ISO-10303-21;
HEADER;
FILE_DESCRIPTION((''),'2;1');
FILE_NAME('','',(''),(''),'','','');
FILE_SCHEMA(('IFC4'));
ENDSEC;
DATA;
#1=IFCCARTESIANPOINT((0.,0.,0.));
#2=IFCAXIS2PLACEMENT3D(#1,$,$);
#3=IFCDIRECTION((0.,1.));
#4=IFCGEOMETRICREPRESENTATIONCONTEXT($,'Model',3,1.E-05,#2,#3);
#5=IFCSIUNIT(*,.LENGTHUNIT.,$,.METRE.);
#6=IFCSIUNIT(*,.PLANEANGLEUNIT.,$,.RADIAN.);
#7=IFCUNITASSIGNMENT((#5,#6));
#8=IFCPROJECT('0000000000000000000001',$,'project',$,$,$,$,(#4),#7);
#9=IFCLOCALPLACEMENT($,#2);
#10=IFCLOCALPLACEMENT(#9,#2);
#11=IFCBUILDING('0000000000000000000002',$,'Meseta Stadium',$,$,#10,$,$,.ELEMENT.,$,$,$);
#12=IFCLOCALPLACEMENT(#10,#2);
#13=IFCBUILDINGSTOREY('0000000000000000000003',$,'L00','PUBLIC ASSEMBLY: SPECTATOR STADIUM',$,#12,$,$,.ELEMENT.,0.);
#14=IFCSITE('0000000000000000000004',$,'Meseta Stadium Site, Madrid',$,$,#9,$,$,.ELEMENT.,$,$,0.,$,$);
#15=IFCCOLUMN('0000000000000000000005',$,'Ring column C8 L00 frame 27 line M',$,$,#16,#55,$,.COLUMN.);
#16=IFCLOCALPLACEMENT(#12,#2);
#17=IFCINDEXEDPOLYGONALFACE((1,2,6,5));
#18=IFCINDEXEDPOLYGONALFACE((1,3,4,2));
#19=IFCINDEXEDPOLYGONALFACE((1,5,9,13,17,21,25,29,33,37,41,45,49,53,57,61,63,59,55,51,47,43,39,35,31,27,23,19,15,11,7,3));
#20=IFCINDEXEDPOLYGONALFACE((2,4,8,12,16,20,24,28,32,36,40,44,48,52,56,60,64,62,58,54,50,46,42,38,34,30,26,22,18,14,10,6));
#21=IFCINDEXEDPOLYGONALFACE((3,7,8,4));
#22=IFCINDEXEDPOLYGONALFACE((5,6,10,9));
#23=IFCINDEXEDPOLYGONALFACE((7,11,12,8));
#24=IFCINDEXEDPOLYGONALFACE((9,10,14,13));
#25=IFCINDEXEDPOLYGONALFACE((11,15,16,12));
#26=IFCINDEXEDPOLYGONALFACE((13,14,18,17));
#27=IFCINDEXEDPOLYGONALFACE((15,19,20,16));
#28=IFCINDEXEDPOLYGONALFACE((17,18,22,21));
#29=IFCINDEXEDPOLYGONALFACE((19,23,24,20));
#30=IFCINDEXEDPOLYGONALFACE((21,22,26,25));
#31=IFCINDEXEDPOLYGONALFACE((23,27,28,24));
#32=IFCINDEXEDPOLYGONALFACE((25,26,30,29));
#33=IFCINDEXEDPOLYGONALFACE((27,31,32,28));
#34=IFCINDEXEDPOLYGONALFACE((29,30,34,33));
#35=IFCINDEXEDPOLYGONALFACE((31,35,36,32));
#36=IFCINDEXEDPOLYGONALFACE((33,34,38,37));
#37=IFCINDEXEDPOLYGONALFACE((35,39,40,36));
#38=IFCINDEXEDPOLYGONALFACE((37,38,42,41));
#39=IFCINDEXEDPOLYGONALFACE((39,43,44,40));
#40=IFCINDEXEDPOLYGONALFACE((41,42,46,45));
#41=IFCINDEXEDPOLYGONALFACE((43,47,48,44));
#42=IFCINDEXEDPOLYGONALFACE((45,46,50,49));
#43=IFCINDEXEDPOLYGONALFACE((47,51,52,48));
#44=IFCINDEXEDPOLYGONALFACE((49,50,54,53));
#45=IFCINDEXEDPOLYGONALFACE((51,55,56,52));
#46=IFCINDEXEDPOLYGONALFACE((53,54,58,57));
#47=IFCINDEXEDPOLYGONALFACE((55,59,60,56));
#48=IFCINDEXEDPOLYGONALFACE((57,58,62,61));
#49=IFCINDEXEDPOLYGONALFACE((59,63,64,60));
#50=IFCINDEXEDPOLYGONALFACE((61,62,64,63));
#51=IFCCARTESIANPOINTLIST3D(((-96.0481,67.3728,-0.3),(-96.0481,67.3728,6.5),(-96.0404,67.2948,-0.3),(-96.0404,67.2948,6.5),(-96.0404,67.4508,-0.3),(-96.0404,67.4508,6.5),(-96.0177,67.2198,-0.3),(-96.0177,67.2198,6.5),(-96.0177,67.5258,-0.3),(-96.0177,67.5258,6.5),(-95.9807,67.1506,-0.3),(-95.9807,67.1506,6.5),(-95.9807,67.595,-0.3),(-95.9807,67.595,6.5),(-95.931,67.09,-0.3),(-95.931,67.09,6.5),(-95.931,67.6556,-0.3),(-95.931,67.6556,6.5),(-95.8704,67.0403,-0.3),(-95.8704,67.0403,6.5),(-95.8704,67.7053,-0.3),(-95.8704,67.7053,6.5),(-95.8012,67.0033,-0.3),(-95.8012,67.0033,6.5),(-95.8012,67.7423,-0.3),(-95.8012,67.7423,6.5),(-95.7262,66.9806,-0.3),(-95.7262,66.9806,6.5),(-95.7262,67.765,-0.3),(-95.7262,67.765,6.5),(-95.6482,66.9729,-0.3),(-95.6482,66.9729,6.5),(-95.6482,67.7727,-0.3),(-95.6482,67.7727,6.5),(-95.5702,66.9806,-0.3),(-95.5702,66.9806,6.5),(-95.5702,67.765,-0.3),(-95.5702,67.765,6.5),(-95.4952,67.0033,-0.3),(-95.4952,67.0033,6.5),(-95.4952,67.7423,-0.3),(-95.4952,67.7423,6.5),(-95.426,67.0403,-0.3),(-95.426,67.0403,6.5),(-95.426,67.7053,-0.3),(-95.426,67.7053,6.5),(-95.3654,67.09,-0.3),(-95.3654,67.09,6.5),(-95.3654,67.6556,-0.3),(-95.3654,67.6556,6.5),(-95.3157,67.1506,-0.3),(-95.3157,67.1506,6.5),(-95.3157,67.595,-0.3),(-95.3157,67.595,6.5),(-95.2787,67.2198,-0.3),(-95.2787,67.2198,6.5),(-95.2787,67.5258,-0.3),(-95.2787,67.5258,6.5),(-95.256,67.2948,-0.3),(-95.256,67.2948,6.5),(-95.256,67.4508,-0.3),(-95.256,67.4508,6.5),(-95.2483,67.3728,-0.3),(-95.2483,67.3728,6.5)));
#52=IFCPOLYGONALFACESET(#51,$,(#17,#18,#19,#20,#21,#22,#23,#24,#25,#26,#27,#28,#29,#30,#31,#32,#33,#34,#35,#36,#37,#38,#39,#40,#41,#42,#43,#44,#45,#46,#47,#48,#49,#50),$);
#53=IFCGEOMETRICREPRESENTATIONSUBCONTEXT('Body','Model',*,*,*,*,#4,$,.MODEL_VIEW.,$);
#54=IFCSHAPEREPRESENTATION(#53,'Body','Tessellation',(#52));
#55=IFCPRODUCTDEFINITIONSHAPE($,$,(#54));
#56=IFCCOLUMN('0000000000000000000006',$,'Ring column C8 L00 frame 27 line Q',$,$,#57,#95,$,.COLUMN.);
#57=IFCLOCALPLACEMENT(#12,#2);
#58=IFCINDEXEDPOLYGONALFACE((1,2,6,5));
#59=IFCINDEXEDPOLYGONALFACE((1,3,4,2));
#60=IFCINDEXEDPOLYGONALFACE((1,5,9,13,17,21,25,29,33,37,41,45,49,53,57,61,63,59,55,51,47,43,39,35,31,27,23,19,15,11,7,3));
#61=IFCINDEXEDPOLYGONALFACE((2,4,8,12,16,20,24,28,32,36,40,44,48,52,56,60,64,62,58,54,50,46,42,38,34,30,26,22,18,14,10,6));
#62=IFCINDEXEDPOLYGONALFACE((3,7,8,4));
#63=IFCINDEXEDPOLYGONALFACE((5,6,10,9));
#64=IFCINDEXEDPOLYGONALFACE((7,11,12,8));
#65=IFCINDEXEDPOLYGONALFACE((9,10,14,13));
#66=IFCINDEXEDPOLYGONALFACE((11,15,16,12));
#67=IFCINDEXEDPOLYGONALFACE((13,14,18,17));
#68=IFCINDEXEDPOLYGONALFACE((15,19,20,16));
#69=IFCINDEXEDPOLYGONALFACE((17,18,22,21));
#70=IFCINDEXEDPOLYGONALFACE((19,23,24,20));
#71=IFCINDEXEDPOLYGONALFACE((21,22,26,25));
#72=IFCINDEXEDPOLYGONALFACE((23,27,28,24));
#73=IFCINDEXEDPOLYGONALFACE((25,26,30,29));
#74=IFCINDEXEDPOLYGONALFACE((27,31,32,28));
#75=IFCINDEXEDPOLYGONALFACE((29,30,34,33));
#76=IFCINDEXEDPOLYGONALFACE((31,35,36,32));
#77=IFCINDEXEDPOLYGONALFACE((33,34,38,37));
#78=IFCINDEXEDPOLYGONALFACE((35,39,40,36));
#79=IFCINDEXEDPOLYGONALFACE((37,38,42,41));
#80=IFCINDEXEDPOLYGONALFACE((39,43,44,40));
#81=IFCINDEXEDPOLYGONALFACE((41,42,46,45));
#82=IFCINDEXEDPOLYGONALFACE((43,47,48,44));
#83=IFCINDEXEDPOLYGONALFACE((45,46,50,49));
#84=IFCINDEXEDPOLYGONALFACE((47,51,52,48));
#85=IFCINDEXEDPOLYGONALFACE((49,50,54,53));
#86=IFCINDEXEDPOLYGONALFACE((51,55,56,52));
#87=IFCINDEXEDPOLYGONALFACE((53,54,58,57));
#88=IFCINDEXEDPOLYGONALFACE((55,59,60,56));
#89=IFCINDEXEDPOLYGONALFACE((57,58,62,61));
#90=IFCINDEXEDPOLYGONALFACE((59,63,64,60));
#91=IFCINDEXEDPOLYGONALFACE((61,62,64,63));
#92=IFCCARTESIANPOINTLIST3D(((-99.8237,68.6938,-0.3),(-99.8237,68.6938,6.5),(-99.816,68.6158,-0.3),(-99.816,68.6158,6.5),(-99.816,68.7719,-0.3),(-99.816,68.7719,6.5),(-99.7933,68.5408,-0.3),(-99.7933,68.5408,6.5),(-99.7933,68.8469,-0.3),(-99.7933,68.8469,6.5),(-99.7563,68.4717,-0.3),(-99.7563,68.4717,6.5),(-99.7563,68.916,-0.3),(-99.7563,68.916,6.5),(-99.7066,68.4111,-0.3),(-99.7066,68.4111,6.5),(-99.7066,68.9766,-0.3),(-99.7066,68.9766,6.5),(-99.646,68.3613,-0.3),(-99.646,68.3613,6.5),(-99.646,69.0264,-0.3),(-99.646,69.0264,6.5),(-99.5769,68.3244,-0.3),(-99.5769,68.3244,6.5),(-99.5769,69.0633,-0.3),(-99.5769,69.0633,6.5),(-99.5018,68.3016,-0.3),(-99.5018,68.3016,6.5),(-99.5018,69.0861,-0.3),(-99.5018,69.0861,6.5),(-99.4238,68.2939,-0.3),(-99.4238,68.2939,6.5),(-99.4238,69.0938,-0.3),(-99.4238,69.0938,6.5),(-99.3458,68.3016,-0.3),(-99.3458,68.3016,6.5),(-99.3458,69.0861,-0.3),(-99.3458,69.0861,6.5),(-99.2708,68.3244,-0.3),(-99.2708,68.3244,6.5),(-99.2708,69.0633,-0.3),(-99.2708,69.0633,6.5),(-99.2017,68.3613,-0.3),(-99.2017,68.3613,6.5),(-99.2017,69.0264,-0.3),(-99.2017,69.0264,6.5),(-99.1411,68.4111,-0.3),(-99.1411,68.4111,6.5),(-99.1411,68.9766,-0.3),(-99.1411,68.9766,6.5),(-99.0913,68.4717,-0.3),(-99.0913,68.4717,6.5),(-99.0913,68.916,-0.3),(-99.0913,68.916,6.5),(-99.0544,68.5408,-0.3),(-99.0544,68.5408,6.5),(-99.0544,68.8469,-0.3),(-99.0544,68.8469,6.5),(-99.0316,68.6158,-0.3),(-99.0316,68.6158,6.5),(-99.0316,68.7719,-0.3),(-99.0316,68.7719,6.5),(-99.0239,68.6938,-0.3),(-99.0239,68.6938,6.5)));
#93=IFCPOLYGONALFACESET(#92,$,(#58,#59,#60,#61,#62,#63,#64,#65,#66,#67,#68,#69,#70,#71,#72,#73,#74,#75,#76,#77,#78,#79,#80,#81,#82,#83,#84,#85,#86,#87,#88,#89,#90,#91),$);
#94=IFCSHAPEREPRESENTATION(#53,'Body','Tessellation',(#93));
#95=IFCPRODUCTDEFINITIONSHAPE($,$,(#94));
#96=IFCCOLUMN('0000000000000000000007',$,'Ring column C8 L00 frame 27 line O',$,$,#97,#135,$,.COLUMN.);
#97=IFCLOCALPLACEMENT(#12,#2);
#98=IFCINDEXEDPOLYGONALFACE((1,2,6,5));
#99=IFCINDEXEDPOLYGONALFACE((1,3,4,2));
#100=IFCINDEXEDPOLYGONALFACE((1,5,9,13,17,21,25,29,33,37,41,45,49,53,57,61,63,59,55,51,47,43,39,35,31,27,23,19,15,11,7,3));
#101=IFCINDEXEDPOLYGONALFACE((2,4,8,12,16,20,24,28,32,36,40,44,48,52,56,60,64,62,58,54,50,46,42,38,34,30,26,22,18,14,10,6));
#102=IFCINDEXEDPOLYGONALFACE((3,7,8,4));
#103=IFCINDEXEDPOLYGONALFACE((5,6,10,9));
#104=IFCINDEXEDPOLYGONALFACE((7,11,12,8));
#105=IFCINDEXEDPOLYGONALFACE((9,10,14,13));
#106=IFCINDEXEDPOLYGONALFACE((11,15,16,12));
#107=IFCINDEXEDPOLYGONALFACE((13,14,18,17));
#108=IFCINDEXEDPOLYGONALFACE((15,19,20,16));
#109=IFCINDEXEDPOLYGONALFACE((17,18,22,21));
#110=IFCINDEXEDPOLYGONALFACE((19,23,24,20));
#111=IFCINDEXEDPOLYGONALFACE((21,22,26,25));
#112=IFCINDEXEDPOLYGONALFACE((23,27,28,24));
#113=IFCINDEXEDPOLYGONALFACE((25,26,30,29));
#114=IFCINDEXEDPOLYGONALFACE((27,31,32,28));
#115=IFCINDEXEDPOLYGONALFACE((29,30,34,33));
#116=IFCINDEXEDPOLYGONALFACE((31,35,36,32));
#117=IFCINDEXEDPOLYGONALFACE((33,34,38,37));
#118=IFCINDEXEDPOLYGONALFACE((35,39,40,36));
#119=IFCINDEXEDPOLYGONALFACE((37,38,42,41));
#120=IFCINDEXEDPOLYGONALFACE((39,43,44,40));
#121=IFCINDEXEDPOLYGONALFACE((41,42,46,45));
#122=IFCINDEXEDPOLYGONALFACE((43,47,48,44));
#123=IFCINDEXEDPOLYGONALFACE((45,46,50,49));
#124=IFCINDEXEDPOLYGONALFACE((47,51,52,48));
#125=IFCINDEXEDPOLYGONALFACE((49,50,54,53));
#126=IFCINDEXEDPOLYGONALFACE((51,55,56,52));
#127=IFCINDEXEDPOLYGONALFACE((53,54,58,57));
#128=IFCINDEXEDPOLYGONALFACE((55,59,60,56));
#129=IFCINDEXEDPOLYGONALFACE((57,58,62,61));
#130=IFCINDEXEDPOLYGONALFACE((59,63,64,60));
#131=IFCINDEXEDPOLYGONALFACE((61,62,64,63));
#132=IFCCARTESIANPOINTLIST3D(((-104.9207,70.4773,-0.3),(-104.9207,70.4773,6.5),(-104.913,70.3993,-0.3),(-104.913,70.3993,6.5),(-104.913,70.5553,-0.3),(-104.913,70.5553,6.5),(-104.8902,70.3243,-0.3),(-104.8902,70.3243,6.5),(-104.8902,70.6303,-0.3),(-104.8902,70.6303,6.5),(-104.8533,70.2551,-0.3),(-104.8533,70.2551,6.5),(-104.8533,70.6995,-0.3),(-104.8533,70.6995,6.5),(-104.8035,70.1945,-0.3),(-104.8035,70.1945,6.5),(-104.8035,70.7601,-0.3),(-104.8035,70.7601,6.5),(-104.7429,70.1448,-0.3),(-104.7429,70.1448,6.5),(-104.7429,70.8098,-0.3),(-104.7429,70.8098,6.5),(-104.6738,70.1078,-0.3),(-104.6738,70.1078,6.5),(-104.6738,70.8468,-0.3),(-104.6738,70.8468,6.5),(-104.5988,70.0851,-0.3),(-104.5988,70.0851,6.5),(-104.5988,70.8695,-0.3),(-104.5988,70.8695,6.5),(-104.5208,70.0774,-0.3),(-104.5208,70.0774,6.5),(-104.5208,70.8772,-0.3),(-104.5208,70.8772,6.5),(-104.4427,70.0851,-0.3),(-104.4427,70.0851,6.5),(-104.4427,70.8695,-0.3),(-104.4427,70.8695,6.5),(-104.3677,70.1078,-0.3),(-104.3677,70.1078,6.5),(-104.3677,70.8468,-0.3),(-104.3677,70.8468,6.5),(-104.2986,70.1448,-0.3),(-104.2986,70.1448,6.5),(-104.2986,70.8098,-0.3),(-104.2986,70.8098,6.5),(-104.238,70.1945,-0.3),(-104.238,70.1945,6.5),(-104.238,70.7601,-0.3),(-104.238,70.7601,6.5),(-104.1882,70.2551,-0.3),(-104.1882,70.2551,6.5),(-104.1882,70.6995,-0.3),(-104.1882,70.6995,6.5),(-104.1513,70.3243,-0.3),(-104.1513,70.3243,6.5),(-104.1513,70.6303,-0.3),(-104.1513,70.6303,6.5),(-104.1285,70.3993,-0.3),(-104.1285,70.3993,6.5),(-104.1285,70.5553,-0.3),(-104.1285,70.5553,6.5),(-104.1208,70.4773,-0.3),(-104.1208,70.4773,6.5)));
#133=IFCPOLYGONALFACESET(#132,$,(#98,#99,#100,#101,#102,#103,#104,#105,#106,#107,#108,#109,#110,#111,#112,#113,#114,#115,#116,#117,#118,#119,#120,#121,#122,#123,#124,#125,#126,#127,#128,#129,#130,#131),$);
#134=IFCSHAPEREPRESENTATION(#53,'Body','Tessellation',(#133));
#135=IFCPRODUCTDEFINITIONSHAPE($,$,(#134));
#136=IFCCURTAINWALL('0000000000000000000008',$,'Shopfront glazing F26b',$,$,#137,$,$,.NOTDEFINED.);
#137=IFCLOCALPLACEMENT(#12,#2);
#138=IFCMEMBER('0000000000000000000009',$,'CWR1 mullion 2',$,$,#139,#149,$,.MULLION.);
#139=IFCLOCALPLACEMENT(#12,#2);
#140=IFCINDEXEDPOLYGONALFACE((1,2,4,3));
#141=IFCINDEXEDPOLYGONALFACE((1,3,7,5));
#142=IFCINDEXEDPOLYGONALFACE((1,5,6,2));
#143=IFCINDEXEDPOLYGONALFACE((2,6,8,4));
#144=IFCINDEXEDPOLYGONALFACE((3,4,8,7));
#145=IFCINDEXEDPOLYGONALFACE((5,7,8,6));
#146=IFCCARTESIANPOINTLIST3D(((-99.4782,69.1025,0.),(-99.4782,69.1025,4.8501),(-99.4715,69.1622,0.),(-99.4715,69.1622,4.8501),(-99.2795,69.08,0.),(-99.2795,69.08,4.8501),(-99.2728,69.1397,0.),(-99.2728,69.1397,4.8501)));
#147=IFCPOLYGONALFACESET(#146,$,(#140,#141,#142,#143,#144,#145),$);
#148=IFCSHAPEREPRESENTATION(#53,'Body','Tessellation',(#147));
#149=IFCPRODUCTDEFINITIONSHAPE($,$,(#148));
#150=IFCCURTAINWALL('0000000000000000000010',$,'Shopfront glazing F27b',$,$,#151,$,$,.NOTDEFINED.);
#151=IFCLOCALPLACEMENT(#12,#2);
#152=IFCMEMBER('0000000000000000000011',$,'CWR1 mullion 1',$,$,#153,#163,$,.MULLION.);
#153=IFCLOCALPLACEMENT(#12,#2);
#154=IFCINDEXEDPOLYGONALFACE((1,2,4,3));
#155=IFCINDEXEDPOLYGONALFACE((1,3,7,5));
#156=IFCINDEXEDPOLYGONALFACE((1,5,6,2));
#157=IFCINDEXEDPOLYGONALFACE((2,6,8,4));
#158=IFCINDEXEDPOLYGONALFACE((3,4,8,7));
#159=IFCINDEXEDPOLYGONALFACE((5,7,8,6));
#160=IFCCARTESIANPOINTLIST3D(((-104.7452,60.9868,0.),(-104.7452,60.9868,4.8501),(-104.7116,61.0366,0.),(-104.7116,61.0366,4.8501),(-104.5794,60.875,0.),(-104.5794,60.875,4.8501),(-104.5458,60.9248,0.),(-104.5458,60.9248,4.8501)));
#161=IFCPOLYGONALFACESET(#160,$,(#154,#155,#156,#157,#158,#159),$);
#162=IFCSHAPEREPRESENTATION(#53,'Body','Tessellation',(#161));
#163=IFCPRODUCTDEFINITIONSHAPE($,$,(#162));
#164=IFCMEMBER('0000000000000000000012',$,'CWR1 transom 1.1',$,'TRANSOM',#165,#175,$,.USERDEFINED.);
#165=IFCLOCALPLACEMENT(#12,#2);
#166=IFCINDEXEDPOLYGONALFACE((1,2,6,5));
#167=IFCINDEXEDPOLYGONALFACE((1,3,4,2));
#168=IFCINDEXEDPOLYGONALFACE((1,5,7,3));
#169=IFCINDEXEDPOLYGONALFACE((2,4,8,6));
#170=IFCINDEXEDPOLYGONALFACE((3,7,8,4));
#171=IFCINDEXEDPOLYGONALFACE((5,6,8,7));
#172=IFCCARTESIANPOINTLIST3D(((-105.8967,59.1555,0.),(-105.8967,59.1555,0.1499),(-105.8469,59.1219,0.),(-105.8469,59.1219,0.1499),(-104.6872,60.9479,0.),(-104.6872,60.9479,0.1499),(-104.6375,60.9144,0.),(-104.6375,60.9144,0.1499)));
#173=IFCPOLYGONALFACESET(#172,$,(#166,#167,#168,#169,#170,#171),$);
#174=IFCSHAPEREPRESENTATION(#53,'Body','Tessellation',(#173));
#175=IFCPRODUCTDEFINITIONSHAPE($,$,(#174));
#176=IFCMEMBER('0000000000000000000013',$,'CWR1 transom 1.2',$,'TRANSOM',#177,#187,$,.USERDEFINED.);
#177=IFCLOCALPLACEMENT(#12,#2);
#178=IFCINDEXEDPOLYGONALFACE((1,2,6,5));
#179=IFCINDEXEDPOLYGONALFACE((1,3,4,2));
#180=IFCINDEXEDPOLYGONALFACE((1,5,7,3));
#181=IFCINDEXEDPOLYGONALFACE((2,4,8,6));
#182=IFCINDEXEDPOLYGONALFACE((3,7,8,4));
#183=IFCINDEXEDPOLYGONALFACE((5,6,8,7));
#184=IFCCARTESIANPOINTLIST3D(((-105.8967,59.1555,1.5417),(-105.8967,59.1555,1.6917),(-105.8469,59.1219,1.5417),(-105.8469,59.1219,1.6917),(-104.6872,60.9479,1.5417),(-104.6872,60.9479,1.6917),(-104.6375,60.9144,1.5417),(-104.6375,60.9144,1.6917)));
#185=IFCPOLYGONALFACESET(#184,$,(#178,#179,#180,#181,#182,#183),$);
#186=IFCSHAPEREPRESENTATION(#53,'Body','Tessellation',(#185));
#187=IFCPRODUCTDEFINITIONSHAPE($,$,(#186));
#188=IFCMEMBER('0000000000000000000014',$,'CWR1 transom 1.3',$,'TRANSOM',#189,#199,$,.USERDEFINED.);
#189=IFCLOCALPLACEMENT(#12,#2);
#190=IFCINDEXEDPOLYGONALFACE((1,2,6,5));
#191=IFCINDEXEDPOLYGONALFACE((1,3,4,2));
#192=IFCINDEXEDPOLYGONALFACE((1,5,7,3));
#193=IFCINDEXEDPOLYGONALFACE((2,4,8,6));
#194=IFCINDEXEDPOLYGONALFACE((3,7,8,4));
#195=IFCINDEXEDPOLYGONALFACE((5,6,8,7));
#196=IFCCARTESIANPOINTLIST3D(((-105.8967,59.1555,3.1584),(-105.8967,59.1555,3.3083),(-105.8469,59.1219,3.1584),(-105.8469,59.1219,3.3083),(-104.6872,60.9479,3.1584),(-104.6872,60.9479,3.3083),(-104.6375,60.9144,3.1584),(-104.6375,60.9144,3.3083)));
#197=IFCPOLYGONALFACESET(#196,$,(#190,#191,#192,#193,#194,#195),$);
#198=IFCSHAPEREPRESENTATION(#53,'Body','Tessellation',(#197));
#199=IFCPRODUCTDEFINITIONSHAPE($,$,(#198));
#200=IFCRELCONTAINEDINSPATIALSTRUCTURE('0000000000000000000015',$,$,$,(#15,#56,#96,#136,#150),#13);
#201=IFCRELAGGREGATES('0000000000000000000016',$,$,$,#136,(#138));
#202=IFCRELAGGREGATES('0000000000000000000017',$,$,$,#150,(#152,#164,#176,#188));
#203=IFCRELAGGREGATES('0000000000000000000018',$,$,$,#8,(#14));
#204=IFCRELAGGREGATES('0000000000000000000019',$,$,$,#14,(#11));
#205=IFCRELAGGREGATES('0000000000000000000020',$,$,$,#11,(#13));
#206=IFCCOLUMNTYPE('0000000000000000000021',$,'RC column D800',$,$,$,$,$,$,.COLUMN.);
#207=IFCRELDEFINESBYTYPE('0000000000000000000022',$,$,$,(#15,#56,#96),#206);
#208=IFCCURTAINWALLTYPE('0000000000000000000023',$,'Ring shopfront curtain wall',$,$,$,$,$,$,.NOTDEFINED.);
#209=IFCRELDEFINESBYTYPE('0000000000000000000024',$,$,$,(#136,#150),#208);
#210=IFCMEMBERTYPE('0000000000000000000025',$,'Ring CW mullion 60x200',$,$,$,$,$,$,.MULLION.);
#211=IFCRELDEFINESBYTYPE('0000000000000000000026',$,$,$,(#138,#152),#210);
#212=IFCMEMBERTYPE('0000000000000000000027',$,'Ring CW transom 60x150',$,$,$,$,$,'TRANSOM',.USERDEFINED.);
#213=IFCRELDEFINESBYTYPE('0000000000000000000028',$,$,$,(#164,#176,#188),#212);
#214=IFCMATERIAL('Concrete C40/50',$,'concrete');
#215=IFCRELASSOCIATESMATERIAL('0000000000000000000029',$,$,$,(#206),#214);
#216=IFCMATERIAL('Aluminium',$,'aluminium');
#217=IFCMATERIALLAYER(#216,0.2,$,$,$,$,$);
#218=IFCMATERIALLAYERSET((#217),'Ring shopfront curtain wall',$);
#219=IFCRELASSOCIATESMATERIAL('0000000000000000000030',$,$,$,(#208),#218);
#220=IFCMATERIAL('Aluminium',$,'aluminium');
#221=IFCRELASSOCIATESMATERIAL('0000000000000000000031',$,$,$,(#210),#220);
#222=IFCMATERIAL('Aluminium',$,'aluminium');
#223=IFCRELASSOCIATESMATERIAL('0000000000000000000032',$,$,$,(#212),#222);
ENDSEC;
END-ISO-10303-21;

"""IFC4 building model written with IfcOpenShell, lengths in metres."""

from ifc_helpers import new_model, si_unit, direction, frame, origin, origin_2d, place, context, subcontext, project, spatial, rectangle, circle, extrude, material, layer, layer_set, material_profile, profile_set, type_object, element, aggregate, save


model = new_model("IFC4")

# Units and contexts
model_context = context("Model", 3, precision=1e-05, world=origin(), true_north=direction((0.0, 1.0)))
body_context = subcontext(model_context, "Body", "Model", "MODEL_VIEW")
ifc_project = project(units=[si_unit("LENGTHUNIT", "METRE"), si_unit("PLANEANGLEUNIT", "RADIAN")], contexts=[model_context])

# Site, building, storey
site_placement = place(None, origin())
site = spatial("IfcSite", under=ifc_project, at=site_placement, Name="Meseta Stadium Site, Madrid", CompositionType="ELEMENT", RefElevation=0.0)
building_placement = place(site_placement, origin())
building = spatial("IfcBuilding", under=site, at=building_placement, Name="Meseta Stadium", CompositionType="ELEMENT")
storey_placement = place(building_placement, origin())
storey = spatial("IfcBuildingStorey", under=building, at=storey_placement, Name="L00", Description="PUBLIC ASSEMBLY: SPECTATOR STADIUM", CompositionType="ELEMENT", Elevation=0.0)

# Columns
ifc_material_1 = material(Name="Concrete C40/50", Category="concrete")
ifc_material_profile_1 = material_profile(ifc_material_1, circle(Radius=0.3999, at=origin_2d()), Name="RC D800")
ifc_profile_set_1 = profile_set([ifc_material_profile_1], Name="Concrete C40/50")
column_type = type_object("IfcColumnType", Name="RC column D800", PredefinedType="COLUMN", material=ifc_profile_set_1)
for number, where, z_axis, x_axis, name in (
    (1, (-95.6482, 67.3728, -0.3), (0.0, 0.0, 1.0), (1.0, 0.0, 0.0), "Ring column C8 L00 frame 27 line M"),
    (2, (-99.4238, 68.6938, -0.3), (0.0, 0.0, 1.0), (1.0, 0.0, 0.0), "Ring column C8 L00 frame 27 line Q"),
    (3, (-104.5208, 70.4773, -0.3), (0.0, 0.0, 1.0), (1.0, 0.0, 0.0), "Ring column C8 L00 frame 27 line O"),
):
    element("IfcColumn", number, at=place(storey_placement, frame(where, z_axis=z_axis, x_axis=x_axis)), inside=storey, type_object=column_type, Name=name, PredefinedType="COLUMN", context=body_context, shape_type="SweptSolid", body=[
        extrude(circle(Radius=0.3999, at=origin_2d()), origin(), (0.0, 0.0, 1.0), 6.8),
    ])

# Curtain wall, member
ifc_material_2 = material(Name="Aluminium", Category="aluminium")
ifc_layer_1 = layer(ifc_material_2, 0.2)
ifc_layer_set_1 = layer_set([ifc_layer_1], Name="Ring shopfront curtain wall")
curtain_wall_type = type_object("IfcCurtainWallType", Name="Ring shopfront curtain wall", PredefinedType="NOTDEFINED", material=ifc_layer_set_1)
curtain_wall_1_placement = place(storey_placement, origin())
curtain_wall_1 = element("IfcCurtainWall", 4, at=curtain_wall_1_placement, inside=storey, type_object=curtain_wall_type, Name="Shopfront glazing F26b", PredefinedType="NOTDEFINED")
ifc_material_3 = material(Name="Aluminium", Category="aluminium")
ifc_material_profile_2 = material_profile(ifc_material_3, rectangle(XDim=0.2, YDim=0.0601, at=origin_2d()), Name="CW 200x60")
ifc_profile_set_2 = profile_set([ifc_material_profile_2], Name="Aluminium")
member_type_1 = type_object("IfcMemberType", Name="Ring CW mullion 60x200", PredefinedType="MULLION", material=ifc_profile_set_2)
member_1_placement = place(storey_placement, frame((-99.3755, 69.1211, 0.0), z_axis=(0.0, 0.0, 1.0), x_axis=(0.993655, -0.112472, 0.0)))
member_1 = element("IfcMember", 5, at=member_1_placement, type_object=member_type_1, Name="CWR1 mullion 2", PredefinedType="MULLION", context=body_context, shape_type="SweptSolid", body=[
    extrude(rectangle(XDim=0.2, YDim=0.0601, at=origin_2d()), origin(), (0.0, 0.0, 1.0), 4.8501),
])
aggregate(curtain_wall_1, [member_1])

# Curtain wall, members
curtain_wall_2_placement = place(storey_placement, origin())
curtain_wall_2 = element("IfcCurtainWall", 6, at=curtain_wall_2_placement, inside=storey, type_object=curtain_wall_type, Name="Shopfront glazing F27b", PredefinedType="NOTDEFINED")
member_2_placement = place(storey_placement, frame((-104.6455, 60.9558, 0.0), z_axis=(0.0, 0.0, 1.0), x_axis=(0.828919, -0.559368, 0.0)))
member_2 = element("IfcMember", 7, at=member_2_placement, type_object=member_type_1, Name="CWR1 mullion 1", PredefinedType="MULLION", context=body_context, shape_type="SweptSolid", body=[
    extrude(rectangle(XDim=0.2, YDim=0.0601, at=origin_2d()), origin(), (0.0, 0.0, 1.0), 4.8501),
])
ifc_material_4 = material(Name="Aluminium", Category="aluminium")
ifc_material_profile_3 = material_profile(ifc_material_4, rectangle(XDim=0.0601, YDim=0.1499, at=origin_2d()), Name="CW 60x150")
ifc_profile_set_3 = profile_set([ifc_material_profile_3], Name="Aluminium")
member_type_2 = type_object("IfcMemberType", Name="Ring CW transom 60x150", ElementType="TRANSOM", PredefinedType="USERDEFINED", material=ifc_profile_set_3)
member_3_placement = place(storey_placement, frame((-104.6624, 60.9312, 0.075), z_axis=(-0.559329, -0.828946, 0.0), x_axis=(0.828946, -0.559329, 0.0)))
member_3 = element("IfcMember", 8, at=member_3_placement, type_object=member_type_2, Name="CWR1 transom 1.1", ObjectType="TRANSOM", PredefinedType="USERDEFINED", context=body_context, shape_type="SweptSolid", body=[
    extrude(rectangle(XDim=0.0601, YDim=0.1499, at=origin_2d()), origin(), (0.0, 0.0, 1.0), 2.1624),
])
member_4_placement = place(storey_placement, frame((-104.6624, 60.9312, 1.6167), z_axis=(-0.559329, -0.828946, 0.0), x_axis=(0.828946, -0.559329, 0.0)))
member_4 = element("IfcMember", 9, at=member_4_placement, type_object=member_type_2, Name="CWR1 transom 1.2", ObjectType="TRANSOM", PredefinedType="USERDEFINED", context=body_context, shape_type="SweptSolid", body=[
    extrude(rectangle(XDim=0.0601, YDim=0.1499, at=origin_2d()), origin(), (0.0, 0.0, 1.0), 2.1624),
])
member_5_placement = place(storey_placement, frame((-104.6624, 60.9312, 3.2334), z_axis=(-0.559329, -0.828946, 0.0), x_axis=(0.828946, -0.559329, 0.0)))
member_5 = element("IfcMember", 10, at=member_5_placement, type_object=member_type_2, Name="CWR1 transom 1.3", ObjectType="TRANSOM", PredefinedType="USERDEFINED", context=body_context, shape_type="SweptSolid", body=[
    extrude(rectangle(XDim=0.0601, YDim=0.1499, at=origin_2d()), origin(), (0.0, 0.0, 1.0), 2.1624),
])
aggregate(curtain_wall_2, [member_2, member_3, member_4, member_5])

save(model, "model.ifc")
